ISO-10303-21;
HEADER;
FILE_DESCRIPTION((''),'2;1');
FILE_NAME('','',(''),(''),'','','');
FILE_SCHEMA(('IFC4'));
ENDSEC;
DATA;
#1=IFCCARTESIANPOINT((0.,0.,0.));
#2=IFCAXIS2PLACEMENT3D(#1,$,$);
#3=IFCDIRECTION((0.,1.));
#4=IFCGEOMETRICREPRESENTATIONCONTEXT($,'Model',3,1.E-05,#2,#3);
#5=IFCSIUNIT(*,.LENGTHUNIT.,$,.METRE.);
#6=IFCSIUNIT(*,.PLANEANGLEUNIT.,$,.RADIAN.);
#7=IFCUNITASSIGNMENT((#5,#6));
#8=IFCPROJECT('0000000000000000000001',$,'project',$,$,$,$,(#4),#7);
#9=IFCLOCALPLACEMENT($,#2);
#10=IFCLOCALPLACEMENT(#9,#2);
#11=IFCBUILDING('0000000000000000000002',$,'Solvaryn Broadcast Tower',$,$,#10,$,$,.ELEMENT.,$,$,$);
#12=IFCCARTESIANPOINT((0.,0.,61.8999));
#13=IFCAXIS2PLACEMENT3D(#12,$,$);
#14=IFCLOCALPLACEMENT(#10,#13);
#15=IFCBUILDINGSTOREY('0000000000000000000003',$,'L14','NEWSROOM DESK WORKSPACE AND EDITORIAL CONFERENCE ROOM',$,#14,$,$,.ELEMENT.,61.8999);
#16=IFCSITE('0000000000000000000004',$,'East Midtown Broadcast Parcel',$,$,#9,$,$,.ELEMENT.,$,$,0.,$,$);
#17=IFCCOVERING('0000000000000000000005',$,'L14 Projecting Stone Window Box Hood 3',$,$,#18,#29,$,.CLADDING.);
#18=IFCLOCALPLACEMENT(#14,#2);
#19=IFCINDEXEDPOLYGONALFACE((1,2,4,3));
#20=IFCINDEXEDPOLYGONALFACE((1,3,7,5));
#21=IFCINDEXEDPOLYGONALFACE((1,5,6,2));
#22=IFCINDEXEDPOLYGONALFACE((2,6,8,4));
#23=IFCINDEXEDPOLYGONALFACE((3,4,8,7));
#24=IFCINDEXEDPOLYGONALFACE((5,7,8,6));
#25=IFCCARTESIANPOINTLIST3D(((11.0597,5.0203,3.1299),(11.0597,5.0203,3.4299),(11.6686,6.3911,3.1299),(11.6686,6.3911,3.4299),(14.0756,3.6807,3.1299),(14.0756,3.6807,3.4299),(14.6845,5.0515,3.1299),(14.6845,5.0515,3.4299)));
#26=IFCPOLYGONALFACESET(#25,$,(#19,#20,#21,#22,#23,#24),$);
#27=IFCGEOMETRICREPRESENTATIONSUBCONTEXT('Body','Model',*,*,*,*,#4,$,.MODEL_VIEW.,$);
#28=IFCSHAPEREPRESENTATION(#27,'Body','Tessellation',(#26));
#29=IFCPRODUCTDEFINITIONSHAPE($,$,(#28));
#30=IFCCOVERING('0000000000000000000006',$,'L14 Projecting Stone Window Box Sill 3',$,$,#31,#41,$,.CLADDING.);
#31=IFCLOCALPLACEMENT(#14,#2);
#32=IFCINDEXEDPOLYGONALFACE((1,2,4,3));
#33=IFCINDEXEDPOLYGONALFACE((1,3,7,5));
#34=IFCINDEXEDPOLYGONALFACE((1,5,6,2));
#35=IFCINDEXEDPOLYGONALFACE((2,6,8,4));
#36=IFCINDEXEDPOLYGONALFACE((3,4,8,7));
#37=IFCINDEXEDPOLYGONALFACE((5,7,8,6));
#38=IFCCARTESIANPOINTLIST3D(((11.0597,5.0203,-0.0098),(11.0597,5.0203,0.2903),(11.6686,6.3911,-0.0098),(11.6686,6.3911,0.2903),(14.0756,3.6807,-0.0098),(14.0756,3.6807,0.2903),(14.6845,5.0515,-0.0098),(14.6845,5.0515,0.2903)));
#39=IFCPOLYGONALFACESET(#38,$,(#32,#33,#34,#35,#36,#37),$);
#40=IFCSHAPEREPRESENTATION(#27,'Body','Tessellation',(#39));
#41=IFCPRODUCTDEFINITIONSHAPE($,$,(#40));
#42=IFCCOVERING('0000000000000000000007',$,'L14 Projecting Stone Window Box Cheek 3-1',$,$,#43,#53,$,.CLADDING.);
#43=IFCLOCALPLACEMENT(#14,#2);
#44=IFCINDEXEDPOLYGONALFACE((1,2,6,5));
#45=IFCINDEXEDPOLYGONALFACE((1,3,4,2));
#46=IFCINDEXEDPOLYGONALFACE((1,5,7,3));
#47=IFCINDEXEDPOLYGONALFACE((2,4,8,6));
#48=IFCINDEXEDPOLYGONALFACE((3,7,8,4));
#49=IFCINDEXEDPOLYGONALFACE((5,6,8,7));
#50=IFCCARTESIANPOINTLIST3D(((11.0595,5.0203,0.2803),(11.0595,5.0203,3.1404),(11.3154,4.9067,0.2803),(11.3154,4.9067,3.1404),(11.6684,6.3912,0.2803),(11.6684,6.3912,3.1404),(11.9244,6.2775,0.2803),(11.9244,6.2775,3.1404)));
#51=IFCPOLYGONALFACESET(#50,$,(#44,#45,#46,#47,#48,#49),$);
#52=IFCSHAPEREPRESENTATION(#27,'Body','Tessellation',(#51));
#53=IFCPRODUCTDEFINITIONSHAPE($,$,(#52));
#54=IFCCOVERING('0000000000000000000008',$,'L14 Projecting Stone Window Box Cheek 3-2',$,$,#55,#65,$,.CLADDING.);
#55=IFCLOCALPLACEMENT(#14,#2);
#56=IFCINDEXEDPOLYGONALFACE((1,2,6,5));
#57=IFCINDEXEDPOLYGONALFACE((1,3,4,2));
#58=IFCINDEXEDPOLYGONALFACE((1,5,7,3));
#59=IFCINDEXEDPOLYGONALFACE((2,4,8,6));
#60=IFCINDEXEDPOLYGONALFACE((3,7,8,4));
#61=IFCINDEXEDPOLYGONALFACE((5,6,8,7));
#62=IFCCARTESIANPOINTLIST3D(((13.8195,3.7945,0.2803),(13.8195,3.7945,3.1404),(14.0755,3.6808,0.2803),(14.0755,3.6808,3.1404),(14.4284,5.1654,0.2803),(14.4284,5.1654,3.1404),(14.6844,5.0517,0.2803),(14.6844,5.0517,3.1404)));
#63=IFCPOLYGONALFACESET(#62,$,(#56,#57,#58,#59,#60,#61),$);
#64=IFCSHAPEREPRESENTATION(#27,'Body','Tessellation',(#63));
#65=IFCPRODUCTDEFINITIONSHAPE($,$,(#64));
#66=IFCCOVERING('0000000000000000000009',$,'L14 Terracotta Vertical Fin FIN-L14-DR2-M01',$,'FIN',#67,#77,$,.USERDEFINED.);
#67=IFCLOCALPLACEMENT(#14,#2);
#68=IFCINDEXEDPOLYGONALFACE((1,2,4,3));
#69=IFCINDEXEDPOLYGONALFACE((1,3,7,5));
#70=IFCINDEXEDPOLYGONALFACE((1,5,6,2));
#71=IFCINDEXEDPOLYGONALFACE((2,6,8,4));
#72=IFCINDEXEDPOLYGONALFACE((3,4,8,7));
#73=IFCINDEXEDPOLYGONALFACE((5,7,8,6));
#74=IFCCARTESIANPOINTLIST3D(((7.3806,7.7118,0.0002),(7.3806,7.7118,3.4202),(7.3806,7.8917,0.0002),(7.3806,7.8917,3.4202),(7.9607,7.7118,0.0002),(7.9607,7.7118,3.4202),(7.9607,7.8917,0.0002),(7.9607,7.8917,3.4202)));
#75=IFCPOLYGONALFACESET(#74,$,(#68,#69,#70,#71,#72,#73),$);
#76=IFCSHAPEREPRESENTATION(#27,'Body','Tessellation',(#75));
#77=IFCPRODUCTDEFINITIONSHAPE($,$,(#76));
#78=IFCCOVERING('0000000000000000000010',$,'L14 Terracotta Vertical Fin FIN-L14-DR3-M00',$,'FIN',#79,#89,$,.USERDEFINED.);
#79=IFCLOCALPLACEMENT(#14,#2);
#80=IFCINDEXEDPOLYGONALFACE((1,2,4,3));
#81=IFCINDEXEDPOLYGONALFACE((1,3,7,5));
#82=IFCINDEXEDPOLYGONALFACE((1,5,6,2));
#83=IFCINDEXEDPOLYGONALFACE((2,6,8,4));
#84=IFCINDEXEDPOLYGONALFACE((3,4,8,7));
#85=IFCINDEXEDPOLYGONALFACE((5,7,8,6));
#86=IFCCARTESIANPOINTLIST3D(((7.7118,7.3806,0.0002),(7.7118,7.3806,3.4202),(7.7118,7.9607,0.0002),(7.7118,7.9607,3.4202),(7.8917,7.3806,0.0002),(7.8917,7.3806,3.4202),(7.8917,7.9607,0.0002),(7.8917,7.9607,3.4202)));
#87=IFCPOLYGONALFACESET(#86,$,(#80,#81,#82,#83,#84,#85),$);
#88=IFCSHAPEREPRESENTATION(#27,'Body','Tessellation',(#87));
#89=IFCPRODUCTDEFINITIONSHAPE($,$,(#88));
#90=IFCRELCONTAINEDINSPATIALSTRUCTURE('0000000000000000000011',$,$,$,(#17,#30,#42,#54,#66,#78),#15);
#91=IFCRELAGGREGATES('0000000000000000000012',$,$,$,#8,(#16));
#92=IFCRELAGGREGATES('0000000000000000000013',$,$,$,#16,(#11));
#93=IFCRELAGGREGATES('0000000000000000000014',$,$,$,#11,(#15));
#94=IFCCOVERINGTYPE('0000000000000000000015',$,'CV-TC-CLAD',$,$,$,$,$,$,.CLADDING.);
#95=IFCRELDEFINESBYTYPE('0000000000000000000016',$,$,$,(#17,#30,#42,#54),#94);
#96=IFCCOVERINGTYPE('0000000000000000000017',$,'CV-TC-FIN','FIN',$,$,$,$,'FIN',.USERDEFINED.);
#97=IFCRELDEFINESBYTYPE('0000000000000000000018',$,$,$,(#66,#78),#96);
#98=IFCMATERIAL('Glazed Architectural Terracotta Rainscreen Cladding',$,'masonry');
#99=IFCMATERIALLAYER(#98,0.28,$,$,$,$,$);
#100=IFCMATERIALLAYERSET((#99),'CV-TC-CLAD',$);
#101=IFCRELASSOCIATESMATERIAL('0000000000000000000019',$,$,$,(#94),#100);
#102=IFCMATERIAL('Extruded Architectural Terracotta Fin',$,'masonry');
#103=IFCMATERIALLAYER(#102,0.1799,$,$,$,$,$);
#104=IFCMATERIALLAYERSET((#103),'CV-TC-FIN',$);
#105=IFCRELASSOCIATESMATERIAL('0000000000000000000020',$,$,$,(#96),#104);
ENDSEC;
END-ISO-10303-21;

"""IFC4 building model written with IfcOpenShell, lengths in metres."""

from ifc_helpers import new_model, si_unit, direction, frame, origin, origin_2d, place, context, subcontext, project, spatial, rectangle, extrude, material, layer, layer_set, type_object, element, save


model = new_model("IFC4")

# Units and contexts
model_context = context("Model", 3, precision=1e-05, world=origin(), true_north=direction((0.0, 1.0)))
body_context = subcontext(model_context, "Body", "Model", "MODEL_VIEW")
ifc_project = project(units=[si_unit("LENGTHUNIT", "METRE"), si_unit("PLANEANGLEUNIT", "RADIAN")], contexts=[model_context])

# Site, building, storey
site_placement = place(None, origin())
site = spatial("IfcSite", under=ifc_project, at=site_placement, Name="East Midtown Broadcast Parcel", CompositionType="ELEMENT", RefElevation=0.0)
building_placement = place(site_placement, origin())
building = spatial("IfcBuilding", under=site, at=building_placement, Name="Solvaryn Broadcast Tower", CompositionType="ELEMENT")
storey_placement = place(building_placement, frame((0.0, 0.0, 61.8999)))
storey = spatial("IfcBuildingStorey", under=building, at=storey_placement, Name="L14", Description="NEWSROOM DESK WORKSPACE AND EDITORIAL CONFERENCE ROOM", CompositionType="ELEMENT", Elevation=61.8999)

# Coverings
ifc_material_1 = material(Name="Glazed Architectural Terracotta Rainscreen Cladding", Category="masonry")
ifc_layer_1 = layer(ifc_material_1, 0.28)
ifc_layer_set_1 = layer_set([ifc_layer_1], Name="CV-TC-CLAD")
covering_type_1 = type_object("IfcCoveringType", Name="CV-TC-CLAD", PredefinedType="CLADDING", material=ifc_layer_set_1)
for number, where, z_axis, x_axis, name in (
    (1, (12.8721, 5.0359, 3.1299), (0.0, 0.0, 1.0), (0.9139, -0.405939, 0.0), "L14 Projecting Stone Window Box Hood 3"),
    (2, (12.8721, 5.0359, -0.0098), (0.0, 0.0, 1.0), (0.9139, -0.405939, 0.0), "L14 Projecting Stone Window Box Sill 3"),
):
    element("IfcCovering", number, at=place(storey_placement, frame(where, z_axis=z_axis, x_axis=x_axis)), inside=storey, type_object=covering_type_1, Name=name, PredefinedType="CLADDING", context=body_context, shape_type="SweptSolid", body=[
        extrude(rectangle(XDim=3.3, YDim=1.5, at=origin_2d()), origin(), (0.0, 0.0, 1.0), 0.3),
    ])
for number, where, z_axis, x_axis, name in (
    (3, (11.4919, 5.6489, 0.2803), (0.0, 0.0, 1.0), (0.9139, -0.405939, 0.0), "L14 Projecting Stone Window Box Cheek 3-1"),
    (4, (14.252, 4.4231, 0.2803), (0.0, 0.0, 1.0), (0.9139, -0.405939, 0.0), "L14 Projecting Stone Window Box Cheek 3-2"),
):
    element("IfcCovering", number, at=place(storey_placement, frame(where, z_axis=z_axis, x_axis=x_axis)), inside=storey, type_object=covering_type_1, Name=name, PredefinedType="CLADDING", context=body_context, shape_type="SweptSolid", body=[
        extrude(rectangle(XDim=0.28, YDim=1.5, at=origin_2d()), origin(), (0.0, 0.0, 1.0), 2.8601),
    ])
ifc_material_2 = material(Name="Extruded Architectural Terracotta Fin", Category="masonry")
ifc_layer_2 = layer(ifc_material_2, 0.1799)
ifc_layer_set_2 = layer_set([ifc_layer_2], Name="CV-TC-FIN")
covering_type_2 = type_object("IfcCoveringType", Name="CV-TC-FIN", Description="FIN", ElementType="FIN", PredefinedType="USERDEFINED", material=ifc_layer_set_2)
covering_1_placement = place(storey_placement, frame((7.6707, 7.8018, 0.0002), z_axis=(0.0, 0.0, 1.0), x_axis=(1.0, 0.0, 0.0)))
element("IfcCovering", 5, at=covering_1_placement, inside=storey, type_object=covering_type_2, Name="L14 Terracotta Vertical Fin FIN-L14-DR2-M01", ObjectType="FIN", PredefinedType="USERDEFINED", context=body_context, shape_type="SweptSolid", body=[
    extrude(rectangle(XDim=0.5801, YDim=0.1799, at=origin_2d()), origin(), (0.0, 0.0, 1.0), 3.4199),
])
covering_2_placement = place(storey_placement, frame((7.8018, 7.6707, 0.0002), z_axis=(0.0, 0.0, 1.0), x_axis=(1.0, 0.0, 0.0)))
element("IfcCovering", 6, at=covering_2_placement, inside=storey, type_object=covering_type_2, Name="L14 Terracotta Vertical Fin FIN-L14-DR3-M00", ObjectType="FIN", PredefinedType="USERDEFINED", context=body_context, shape_type="SweptSolid", body=[
    extrude(rectangle(XDim=0.1799, YDim=0.5801, at=origin_2d()), origin(), (0.0, 0.0, 1.0), 3.4199),
])

save(model, "model.ifc")
